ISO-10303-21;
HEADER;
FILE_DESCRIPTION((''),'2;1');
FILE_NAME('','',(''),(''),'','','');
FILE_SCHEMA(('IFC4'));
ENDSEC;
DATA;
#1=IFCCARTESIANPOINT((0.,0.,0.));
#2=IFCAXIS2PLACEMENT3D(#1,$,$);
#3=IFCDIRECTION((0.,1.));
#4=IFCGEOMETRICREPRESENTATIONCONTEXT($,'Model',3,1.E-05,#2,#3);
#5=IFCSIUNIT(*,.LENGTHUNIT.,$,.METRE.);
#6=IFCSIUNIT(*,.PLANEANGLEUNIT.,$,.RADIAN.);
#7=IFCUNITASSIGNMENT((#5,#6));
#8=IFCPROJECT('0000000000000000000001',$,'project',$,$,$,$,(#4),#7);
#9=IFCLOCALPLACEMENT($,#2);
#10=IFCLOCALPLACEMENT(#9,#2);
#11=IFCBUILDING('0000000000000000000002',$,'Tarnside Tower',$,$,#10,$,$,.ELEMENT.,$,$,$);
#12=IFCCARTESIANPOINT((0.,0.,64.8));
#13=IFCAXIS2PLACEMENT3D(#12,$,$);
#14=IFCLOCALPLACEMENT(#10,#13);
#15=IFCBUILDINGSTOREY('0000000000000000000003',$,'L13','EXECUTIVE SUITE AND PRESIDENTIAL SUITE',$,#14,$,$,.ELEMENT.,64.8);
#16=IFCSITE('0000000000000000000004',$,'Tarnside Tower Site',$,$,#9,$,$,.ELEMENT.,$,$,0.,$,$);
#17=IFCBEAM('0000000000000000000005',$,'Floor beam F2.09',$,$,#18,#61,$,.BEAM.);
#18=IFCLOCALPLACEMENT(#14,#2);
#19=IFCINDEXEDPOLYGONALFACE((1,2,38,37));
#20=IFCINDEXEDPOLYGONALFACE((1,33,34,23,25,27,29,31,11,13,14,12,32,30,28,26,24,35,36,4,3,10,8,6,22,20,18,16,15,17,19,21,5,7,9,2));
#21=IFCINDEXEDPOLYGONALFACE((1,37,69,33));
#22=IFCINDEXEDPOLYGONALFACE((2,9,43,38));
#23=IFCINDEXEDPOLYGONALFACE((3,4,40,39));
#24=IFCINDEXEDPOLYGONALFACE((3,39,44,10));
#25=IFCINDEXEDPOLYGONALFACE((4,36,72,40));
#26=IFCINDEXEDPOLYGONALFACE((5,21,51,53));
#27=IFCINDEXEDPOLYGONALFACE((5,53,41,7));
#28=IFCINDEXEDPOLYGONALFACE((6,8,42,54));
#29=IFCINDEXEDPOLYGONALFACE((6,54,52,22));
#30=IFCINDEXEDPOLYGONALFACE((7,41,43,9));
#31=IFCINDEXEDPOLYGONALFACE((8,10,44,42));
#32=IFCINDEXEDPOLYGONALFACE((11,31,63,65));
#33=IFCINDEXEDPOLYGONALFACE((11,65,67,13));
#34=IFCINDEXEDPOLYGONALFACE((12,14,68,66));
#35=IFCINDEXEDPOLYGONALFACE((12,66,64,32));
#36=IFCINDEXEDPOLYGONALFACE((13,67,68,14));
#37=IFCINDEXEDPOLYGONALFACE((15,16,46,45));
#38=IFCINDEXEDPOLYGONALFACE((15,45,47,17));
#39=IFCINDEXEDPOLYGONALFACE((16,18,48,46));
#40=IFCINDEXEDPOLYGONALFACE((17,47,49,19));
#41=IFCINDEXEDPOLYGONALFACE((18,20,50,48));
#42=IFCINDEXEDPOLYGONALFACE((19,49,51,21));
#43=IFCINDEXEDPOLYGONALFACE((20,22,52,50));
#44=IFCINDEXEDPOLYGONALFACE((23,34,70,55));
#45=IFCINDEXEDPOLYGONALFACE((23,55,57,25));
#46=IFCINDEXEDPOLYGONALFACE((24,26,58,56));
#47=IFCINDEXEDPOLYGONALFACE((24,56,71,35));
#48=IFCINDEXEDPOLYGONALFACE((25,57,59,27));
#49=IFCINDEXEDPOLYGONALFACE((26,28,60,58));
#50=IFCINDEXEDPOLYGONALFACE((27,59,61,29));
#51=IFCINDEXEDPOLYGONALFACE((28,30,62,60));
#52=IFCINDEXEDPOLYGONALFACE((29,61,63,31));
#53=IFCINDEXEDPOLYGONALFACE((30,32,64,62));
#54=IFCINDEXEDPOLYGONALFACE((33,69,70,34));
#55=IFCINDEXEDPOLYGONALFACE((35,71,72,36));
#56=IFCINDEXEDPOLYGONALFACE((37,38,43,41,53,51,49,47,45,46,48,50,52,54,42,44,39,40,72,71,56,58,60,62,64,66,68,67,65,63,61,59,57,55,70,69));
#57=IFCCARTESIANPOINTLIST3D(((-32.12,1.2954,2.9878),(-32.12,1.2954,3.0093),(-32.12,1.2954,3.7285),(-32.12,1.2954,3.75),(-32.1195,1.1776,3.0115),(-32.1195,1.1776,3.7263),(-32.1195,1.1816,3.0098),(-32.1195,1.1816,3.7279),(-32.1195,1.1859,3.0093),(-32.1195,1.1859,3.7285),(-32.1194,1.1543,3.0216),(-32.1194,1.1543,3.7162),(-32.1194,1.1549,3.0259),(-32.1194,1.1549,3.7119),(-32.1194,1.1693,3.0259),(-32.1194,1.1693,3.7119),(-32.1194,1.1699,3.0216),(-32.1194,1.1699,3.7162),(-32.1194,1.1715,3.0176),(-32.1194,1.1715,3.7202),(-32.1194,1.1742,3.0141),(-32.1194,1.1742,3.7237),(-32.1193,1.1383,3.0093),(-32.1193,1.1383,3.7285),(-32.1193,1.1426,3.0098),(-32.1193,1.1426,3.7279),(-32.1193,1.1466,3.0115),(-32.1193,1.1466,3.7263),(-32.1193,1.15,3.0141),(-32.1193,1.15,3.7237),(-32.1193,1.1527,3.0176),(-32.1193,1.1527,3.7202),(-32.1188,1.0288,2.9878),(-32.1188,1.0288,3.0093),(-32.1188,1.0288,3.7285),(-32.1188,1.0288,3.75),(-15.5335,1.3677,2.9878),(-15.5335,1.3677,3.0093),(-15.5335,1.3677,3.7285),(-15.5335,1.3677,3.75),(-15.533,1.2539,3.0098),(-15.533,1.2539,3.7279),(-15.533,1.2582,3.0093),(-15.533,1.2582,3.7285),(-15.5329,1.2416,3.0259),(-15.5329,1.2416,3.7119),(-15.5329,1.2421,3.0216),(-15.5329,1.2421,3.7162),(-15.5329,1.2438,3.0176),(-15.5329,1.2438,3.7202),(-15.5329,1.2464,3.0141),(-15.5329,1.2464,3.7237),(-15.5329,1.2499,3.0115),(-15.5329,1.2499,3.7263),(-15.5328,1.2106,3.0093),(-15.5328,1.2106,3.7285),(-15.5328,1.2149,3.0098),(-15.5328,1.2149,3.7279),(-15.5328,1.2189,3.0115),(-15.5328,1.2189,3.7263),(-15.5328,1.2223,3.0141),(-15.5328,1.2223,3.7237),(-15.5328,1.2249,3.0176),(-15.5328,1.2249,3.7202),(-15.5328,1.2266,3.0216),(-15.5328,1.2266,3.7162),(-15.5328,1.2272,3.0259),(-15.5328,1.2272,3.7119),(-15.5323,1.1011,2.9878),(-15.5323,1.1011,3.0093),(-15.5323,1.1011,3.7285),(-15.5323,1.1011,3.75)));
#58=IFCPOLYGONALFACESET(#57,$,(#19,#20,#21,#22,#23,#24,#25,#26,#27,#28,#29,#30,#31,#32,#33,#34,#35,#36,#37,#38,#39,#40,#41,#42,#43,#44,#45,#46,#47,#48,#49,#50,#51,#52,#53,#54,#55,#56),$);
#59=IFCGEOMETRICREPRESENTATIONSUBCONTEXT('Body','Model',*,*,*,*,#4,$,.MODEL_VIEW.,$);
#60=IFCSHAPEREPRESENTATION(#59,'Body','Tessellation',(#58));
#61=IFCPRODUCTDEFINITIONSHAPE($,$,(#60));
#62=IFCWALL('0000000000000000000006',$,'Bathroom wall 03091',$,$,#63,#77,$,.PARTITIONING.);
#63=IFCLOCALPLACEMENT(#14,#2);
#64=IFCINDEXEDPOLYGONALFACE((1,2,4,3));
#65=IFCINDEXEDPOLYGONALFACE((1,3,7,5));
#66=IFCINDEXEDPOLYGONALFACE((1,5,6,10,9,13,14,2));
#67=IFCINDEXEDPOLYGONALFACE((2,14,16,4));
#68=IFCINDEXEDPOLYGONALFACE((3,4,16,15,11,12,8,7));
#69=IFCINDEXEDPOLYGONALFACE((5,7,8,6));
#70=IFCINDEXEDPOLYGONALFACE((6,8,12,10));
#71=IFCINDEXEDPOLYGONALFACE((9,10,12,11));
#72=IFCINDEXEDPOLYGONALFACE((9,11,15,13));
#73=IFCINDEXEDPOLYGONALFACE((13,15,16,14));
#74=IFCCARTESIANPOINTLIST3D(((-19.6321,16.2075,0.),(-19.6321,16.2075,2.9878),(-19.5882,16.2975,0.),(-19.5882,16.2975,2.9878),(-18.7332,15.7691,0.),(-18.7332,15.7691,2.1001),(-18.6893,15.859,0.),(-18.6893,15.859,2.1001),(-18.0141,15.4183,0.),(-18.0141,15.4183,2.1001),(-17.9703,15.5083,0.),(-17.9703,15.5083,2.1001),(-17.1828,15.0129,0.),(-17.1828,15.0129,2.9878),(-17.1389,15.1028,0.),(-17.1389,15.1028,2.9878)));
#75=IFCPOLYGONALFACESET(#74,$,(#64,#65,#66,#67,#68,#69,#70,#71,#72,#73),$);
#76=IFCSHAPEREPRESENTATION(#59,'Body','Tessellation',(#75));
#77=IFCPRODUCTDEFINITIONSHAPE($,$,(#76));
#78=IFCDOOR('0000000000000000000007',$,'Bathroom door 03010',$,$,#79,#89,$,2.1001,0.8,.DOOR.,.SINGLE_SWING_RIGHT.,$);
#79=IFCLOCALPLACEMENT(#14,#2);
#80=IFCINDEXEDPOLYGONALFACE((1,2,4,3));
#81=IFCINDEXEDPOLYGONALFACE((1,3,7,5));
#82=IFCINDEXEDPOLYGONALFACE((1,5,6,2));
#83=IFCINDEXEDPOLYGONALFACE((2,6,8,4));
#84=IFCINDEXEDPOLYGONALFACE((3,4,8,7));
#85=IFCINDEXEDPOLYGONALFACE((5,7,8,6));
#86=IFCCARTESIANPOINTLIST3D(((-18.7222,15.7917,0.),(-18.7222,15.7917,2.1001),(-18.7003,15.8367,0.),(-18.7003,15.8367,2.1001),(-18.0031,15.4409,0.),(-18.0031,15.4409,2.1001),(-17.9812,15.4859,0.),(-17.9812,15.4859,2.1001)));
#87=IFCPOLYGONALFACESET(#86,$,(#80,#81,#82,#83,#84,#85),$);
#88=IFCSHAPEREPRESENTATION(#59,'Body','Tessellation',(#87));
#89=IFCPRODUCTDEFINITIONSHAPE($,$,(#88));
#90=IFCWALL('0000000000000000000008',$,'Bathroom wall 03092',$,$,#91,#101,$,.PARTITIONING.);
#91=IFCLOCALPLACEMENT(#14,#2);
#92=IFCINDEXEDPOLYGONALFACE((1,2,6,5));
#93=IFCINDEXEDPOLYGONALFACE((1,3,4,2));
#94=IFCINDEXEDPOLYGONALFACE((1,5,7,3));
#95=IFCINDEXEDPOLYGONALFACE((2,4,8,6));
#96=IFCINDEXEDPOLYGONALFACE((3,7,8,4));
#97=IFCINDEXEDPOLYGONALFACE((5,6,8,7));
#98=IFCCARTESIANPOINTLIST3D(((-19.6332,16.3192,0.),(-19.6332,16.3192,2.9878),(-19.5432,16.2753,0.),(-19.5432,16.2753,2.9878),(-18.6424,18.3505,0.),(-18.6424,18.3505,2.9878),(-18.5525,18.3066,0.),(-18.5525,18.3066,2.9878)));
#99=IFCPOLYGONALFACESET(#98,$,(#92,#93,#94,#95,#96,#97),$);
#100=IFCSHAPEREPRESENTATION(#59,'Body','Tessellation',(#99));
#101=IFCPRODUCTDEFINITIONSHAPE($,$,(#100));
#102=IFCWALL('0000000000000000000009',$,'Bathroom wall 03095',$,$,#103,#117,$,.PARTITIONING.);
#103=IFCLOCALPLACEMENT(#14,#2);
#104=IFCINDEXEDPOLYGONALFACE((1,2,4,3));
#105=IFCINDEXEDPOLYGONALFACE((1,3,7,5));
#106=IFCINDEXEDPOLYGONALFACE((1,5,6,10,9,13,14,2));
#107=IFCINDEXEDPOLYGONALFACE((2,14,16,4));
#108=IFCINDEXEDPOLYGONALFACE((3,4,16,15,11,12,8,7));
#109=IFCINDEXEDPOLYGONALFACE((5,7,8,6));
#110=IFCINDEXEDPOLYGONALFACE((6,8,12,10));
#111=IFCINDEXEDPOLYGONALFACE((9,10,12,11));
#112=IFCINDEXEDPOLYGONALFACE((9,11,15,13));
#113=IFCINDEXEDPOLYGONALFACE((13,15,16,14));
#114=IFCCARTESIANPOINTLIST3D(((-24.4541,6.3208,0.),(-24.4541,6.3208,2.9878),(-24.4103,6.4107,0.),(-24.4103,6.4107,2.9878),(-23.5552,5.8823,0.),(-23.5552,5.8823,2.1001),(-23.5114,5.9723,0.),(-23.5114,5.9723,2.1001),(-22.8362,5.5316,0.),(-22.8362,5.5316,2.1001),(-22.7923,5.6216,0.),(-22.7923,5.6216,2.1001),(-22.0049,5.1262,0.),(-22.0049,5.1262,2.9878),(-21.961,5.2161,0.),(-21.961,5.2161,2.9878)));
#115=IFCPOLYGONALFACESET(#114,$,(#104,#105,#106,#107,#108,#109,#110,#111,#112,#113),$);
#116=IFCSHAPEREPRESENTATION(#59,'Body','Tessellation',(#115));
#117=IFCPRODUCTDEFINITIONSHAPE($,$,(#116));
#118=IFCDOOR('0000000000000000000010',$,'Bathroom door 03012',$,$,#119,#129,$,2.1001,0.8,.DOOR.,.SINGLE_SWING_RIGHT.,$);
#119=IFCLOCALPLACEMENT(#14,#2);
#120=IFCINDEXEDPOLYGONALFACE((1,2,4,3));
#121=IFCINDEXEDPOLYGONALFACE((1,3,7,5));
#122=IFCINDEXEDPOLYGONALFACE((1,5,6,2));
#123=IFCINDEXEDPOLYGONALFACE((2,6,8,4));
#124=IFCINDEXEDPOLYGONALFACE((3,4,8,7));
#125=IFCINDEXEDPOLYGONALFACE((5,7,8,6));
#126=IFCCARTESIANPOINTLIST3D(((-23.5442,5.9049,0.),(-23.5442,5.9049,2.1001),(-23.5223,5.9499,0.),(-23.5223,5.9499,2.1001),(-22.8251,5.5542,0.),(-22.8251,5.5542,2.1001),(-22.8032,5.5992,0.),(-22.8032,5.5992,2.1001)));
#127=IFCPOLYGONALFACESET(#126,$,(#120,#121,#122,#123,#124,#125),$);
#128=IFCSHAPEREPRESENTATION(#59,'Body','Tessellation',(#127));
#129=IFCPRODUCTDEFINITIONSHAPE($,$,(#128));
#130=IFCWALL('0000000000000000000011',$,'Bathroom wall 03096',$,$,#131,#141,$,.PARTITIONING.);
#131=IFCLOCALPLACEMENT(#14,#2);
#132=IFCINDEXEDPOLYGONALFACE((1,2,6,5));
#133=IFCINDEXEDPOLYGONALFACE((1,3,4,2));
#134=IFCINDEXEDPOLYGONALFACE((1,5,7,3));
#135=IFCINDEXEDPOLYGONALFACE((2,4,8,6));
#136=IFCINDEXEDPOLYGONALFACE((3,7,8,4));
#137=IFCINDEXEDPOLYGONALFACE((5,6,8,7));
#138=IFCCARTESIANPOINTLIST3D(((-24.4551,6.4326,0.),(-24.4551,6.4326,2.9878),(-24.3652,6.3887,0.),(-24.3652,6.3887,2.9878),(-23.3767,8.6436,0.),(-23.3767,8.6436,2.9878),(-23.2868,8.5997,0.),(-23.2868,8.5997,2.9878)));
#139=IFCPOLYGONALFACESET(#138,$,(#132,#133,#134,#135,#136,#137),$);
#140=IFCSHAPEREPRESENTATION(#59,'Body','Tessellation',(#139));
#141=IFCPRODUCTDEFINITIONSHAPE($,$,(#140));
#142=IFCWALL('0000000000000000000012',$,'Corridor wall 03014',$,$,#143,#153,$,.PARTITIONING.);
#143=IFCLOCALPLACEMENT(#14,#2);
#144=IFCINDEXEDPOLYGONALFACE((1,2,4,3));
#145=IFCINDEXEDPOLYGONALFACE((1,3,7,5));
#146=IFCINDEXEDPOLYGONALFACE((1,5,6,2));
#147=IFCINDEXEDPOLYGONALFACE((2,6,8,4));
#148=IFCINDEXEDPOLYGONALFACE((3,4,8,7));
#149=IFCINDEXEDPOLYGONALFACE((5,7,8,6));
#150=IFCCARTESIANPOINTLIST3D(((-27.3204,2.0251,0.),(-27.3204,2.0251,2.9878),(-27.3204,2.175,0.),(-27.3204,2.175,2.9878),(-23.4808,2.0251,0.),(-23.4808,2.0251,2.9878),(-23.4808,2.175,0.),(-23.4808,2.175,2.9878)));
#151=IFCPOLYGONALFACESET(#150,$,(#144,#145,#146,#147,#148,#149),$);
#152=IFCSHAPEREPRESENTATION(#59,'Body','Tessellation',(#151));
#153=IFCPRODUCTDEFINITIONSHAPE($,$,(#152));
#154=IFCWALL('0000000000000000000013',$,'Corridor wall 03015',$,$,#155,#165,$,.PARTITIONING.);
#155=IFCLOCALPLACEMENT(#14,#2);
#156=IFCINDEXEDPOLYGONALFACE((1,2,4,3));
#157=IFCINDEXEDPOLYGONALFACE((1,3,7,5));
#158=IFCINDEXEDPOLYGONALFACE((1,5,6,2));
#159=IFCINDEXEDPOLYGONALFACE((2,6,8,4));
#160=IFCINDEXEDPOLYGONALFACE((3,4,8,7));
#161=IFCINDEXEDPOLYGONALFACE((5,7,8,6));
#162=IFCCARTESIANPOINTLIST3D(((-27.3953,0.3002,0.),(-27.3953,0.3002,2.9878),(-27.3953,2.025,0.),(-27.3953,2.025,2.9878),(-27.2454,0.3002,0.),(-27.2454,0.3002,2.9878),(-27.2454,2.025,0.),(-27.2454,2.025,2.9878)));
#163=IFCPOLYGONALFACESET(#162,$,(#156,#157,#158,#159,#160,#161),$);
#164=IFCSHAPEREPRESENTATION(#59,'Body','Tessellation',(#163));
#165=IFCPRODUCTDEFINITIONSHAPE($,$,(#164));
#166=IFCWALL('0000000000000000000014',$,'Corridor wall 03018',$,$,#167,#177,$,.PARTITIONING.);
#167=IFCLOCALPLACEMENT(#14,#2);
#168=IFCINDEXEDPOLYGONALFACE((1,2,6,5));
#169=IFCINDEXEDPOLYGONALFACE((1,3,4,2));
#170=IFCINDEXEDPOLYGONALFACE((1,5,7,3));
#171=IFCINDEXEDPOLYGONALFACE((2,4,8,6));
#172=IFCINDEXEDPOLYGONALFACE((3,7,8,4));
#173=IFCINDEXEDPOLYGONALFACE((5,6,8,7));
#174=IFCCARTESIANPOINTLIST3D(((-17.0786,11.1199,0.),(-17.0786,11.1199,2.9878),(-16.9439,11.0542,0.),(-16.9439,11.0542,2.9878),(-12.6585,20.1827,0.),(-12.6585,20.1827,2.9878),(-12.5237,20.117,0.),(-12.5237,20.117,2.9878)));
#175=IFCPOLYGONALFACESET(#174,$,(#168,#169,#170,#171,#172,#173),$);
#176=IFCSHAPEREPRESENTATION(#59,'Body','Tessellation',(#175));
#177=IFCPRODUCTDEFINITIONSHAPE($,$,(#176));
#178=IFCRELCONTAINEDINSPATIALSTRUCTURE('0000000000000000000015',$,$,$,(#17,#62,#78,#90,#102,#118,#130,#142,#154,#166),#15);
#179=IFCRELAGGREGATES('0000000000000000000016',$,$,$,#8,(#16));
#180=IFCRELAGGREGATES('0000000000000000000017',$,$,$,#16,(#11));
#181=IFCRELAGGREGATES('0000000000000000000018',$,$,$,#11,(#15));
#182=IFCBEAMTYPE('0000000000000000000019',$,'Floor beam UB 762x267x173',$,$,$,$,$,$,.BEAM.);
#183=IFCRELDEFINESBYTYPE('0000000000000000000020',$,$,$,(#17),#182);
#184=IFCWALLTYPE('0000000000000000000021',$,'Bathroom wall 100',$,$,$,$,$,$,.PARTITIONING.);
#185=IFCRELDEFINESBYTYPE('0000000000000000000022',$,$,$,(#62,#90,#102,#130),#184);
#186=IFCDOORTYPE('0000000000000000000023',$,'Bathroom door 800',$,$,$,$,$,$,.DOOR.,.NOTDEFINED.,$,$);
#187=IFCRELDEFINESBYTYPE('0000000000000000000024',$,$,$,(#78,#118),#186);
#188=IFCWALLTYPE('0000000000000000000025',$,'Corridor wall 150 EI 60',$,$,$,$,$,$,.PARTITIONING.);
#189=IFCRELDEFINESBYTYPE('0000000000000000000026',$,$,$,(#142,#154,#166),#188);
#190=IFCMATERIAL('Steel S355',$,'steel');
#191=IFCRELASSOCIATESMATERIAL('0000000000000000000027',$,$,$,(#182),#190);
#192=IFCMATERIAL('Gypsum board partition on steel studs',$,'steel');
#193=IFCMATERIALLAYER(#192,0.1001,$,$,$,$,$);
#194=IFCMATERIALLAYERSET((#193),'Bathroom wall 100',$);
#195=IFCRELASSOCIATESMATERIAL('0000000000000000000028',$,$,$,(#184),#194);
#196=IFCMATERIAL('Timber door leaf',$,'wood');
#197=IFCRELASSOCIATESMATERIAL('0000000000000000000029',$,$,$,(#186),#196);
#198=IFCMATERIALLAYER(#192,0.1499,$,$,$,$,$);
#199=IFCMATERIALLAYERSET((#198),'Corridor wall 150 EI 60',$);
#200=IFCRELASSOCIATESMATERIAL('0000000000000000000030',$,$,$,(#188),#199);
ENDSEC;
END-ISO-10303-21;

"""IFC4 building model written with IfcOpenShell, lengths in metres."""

from ifc_helpers import new_model, si_unit, direction, frame, frame_2d, origin, origin_2d, place, context, subcontext, project, spatial, rectangle, i_section, extrude, material, layer, layer_set, material_profile, profile_set, type_object, element, fill, save


model = new_model("IFC4")

# Units and contexts
model_context = context("Model", 3, precision=1e-05, world=origin(), true_north=direction((0.0, 1.0)))
body_context = subcontext(model_context, "Body", "Model", "MODEL_VIEW")
ifc_project = project(units=[si_unit("LENGTHUNIT", "METRE"), si_unit("PLANEANGLEUNIT", "RADIAN")], contexts=[model_context])

# Site, building, storey
site_placement = place(None, origin())
site = spatial("IfcSite", under=ifc_project, at=site_placement, Name="Tarnside Tower Site", CompositionType="ELEMENT", RefElevation=0.0)
building_placement = place(site_placement, origin())
building = spatial("IfcBuilding", under=site, at=building_placement, Name="Tarnside Tower", CompositionType="ELEMENT")
storey_placement = place(building_placement, frame((0.0, 0.0, 64.8)))
storey = spatial("IfcBuildingStorey", under=building, at=storey_placement, Name="L13", Description="EXECUTIVE SUITE AND PRESIDENTIAL SUITE", CompositionType="ELEMENT", Elevation=64.8)

# Beam
ifc_material_1 = material(Name="Steel S355", Category="steel")
ifc_material_profile_1 = material_profile(ifc_material_1, i_section(OverallWidth=0.2666, OverallDepth=0.7622, WebThickness=0.0144, FlangeThickness=0.0215, FilletRadius=0.0166, at=origin_2d()), Name="UB 762x267x173")
ifc_profile_set_1 = profile_set([ifc_material_profile_1], Name="Steel S355")
beam_type_1 = type_object("IfcBeamType", Name="Floor beam UB 762x267x173", PredefinedType="BEAM", material=ifc_profile_set_1)
beam_1_placement = place(storey_placement, frame((-32.1194, 1.1621, 3.3689), z_axis=(0.999991, 0.004357, 0.0), x_axis=(-0.004357, 0.999991, 0.0)))
element("IfcBeam", 1, at=beam_1_placement, inside=storey, type_object=beam_type_1, Name="Floor beam F2.09", PredefinedType="BEAM", context=body_context, shape_type="SweptSolid", body=[
    extrude(i_section(OverallWidth=0.2666, OverallDepth=0.7622, WebThickness=0.0144, FlangeThickness=0.0215, FilletRadius=0.0166, at=origin_2d()), origin(), (0.0, 0.0, 1.0), 16.5867),
])

# Wall, opening, door
ifc_material_2 = material(Name="Gypsum board partition on steel studs", Category="steel")
ifc_layer_1 = layer(ifc_material_2, 0.1001)
ifc_layer_set_1 = layer_set([ifc_layer_1], Name="Bathroom wall 100")
wall_type_1 = type_object("IfcWallType", Name="Bathroom wall 100", PredefinedType="PARTITIONING", material=ifc_layer_set_1)
wall_1_placement = place(storey_placement, frame((-17.1609, 15.0579, 0.0), z_axis=(0.0, 0.0, 1.0), x_axis=(-0.898792, 0.438376, 0.0)))
wall_1 = element("IfcWall", 2, at=wall_1_placement, inside=storey, type_object=wall_type_1, Name="Bathroom wall 03091", PredefinedType="PARTITIONING", context=body_context, shape_type="SweptSolid", body=[
    extrude(rectangle(XDim=2.7251, YDim=0.1001, at=frame_2d((1.3625, 0.0))), origin(), (0.0, 0.0, 1.0), 2.9878),
])
opening_1_placement = place(wall_1_placement, frame((0.925, 0.0, 0.0)))
opening_1 = element("IfcOpeningElement", 3, at=opening_1_placement, cuts=wall_1, PredefinedType="OPENING", context=body_context, shape_type="SweptSolid", body=[
    extrude(rectangle(XDim=0.8, YDim=2.1001, at=frame_2d((0.3999, 1.05))), frame((0.0, 0.0601, 0.0), z_axis=(0.0, -1.0, 0.0), x_axis=(1.0, 0.0, 0.0)), (0.0, 0.0, 1.0), 0.1201),
])
ifc_material_3 = material(Name="Timber door leaf", Category="wood")
door_type_1 = type_object("IfcDoorType", Name="Bathroom door 800", OperationType="NOTDEFINED", PredefinedType="DOOR", material=ifc_material_3)
door_1_placement = place(opening_1_placement, origin())
door_1 = element("IfcDoor", 4, at=door_1_placement, inside=storey, type_object=door_type_1, Name="Bathroom door 03010", OperationType="SINGLE_SWING_RIGHT", OverallHeight=2.1001, OverallWidth=0.8, PredefinedType="DOOR", context=body_context, shape_type="SweptSolid", body=[
    extrude(rectangle(XDim=0.8, YDim=2.1001, at=frame_2d((0.3999, 1.05))), frame((0.0, 0.0249, 0.0), z_axis=(0.0, -1.0, 0.0), x_axis=(1.0, 0.0, 0.0)), (0.0, 0.0, 1.0), 0.05),
])
fill(opening_1, door_1)

# Wall
wall_2_placement = place(storey_placement, frame((-19.5881, 16.2974, 0.0), z_axis=(0.0, 0.0, 1.0), x_axis=(0.438377, 0.898791, 0.0)))
element("IfcWall", 5, at=wall_2_placement, inside=storey, type_object=wall_type_1, Name="Bathroom wall 03092", PredefinedType="PARTITIONING", context=body_context, shape_type="SweptSolid", body=[
    extrude(rectangle(XDim=2.26, YDim=0.1001, at=frame_2d((1.1299, 0.0))), origin(), (0.0, 0.0, 1.0), 2.9878),
])

# Wall, opening, door
wall_3_placement = place(storey_placement, frame((-21.9829, 5.1711, 0.0), z_axis=(0.0, 0.0, 1.0), x_axis=(-0.898792, 0.438376, 0.0)))
wall_3 = element("IfcWall", 6, at=wall_3_placement, inside=storey, type_object=wall_type_1, Name="Bathroom wall 03095", PredefinedType="PARTITIONING", context=body_context, shape_type="SweptSolid", body=[
    extrude(rectangle(XDim=2.7251, YDim=0.1001, at=frame_2d((1.3625, 0.0))), origin(), (0.0, 0.0, 1.0), 2.9878),
])
opening_2_placement = place(wall_3_placement, frame((0.925, 0.0, 0.0)))
opening_2 = element("IfcOpeningElement", 7, at=opening_2_placement, cuts=wall_3, PredefinedType="OPENING", context=body_context, shape_type="SweptSolid", body=[
    extrude(rectangle(XDim=0.8, YDim=2.1001, at=frame_2d((0.3999, 1.05))), frame((0.0, 0.0601, 0.0), z_axis=(0.0, -1.0, 0.0), x_axis=(1.0, 0.0, 0.0)), (0.0, 0.0, 1.0), 0.1201),
])
door_2_placement = place(opening_2_placement, origin())
door_2 = element("IfcDoor", 8, at=door_2_placement, inside=storey, type_object=door_type_1, Name="Bathroom door 03012", OperationType="SINGLE_SWING_RIGHT", OverallHeight=2.1001, OverallWidth=0.8, PredefinedType="DOOR", context=body_context, shape_type="SweptSolid", body=[
    extrude(rectangle(XDim=0.8, YDim=2.1001, at=frame_2d((0.3999, 1.05))), frame((0.0, 0.0249, 0.0), z_axis=(0.0, -1.0, 0.0), x_axis=(1.0, 0.0, 0.0)), (0.0, 0.0, 1.0), 0.05),
])
fill(opening_2, door_2)

# Walls
wall_4_placement = place(storey_placement, frame((-24.4102, 6.4106, 0.0), z_axis=(0.0, 0.0, 1.0), x_axis=(0.438379, 0.89879, 0.0)))
element("IfcWall", 9, at=wall_4_placement, inside=storey, type_object=wall_type_1, Name="Bathroom wall 03096", PredefinedType="PARTITIONING", context=body_context, shape_type="SweptSolid", body=[
    extrude(rectangle(XDim=2.46, YDim=0.1001, at=frame_2d((1.23, 0.0))), origin(), (0.0, 0.0, 1.0), 2.9878),
])
ifc_layer_2 = layer(ifc_material_2, 0.1499)
ifc_layer_set_2 = layer_set([ifc_layer_2], Name="Corridor wall 150 EI 60")
wall_type_2 = type_object("IfcWallType", Name="Corridor wall 150 EI 60", PredefinedType="PARTITIONING", material=ifc_layer_set_2)
wall_5_placement = place(storey_placement, frame((-23.4807, 2.1001, 0.0), z_axis=(0.0, 0.0, 1.0), x_axis=(-1.0, 0.0, 0.0)))
element("IfcWall", 10, at=wall_5_placement, inside=storey, type_object=wall_type_2, Name="Corridor wall 03014", PredefinedType="PARTITIONING", context=body_context, shape_type="SweptSolid", body=[
    extrude(rectangle(XDim=3.8396, YDim=0.1499, at=frame_2d((1.9199, 0.0))), origin(), (0.0, 0.0, 1.0), 2.9878),
])
wall_6_placement = place(storey_placement, frame((-27.3203, 2.0249, 0.0), z_axis=(0.0, 0.0, 1.0), x_axis=(0.0, -1.0, 0.0)))
element("IfcWall", 11, at=wall_6_placement, inside=storey, type_object=wall_type_2, Name="Corridor wall 03015", PredefinedType="PARTITIONING", context=body_context, shape_type="SweptSolid", body=[
    extrude(rectangle(XDim=1.7249, YDim=0.1499, at=frame_2d((0.8623, 0.0))), origin(), (0.0, 0.0, 1.0), 2.9878),
])
wall_7_placement = place(storey_placement, frame((-17.0112, 11.0872, 0.0), z_axis=(0.0, 0.0, 1.0), x_axis=(0.438369, 0.898795, 0.0)))
element("IfcWall", 12, at=wall_7_placement, inside=storey, type_object=wall_type_2, Name="Corridor wall 03018", PredefinedType="PARTITIONING", context=body_context, shape_type="SweptSolid", body=[
    extrude(rectangle(XDim=10.0833, YDim=0.1499, at=frame_2d((5.0415, 0.0))), origin(), (0.0, 0.0, 1.0), 2.9878),
])

save(model, "model.ifc")
